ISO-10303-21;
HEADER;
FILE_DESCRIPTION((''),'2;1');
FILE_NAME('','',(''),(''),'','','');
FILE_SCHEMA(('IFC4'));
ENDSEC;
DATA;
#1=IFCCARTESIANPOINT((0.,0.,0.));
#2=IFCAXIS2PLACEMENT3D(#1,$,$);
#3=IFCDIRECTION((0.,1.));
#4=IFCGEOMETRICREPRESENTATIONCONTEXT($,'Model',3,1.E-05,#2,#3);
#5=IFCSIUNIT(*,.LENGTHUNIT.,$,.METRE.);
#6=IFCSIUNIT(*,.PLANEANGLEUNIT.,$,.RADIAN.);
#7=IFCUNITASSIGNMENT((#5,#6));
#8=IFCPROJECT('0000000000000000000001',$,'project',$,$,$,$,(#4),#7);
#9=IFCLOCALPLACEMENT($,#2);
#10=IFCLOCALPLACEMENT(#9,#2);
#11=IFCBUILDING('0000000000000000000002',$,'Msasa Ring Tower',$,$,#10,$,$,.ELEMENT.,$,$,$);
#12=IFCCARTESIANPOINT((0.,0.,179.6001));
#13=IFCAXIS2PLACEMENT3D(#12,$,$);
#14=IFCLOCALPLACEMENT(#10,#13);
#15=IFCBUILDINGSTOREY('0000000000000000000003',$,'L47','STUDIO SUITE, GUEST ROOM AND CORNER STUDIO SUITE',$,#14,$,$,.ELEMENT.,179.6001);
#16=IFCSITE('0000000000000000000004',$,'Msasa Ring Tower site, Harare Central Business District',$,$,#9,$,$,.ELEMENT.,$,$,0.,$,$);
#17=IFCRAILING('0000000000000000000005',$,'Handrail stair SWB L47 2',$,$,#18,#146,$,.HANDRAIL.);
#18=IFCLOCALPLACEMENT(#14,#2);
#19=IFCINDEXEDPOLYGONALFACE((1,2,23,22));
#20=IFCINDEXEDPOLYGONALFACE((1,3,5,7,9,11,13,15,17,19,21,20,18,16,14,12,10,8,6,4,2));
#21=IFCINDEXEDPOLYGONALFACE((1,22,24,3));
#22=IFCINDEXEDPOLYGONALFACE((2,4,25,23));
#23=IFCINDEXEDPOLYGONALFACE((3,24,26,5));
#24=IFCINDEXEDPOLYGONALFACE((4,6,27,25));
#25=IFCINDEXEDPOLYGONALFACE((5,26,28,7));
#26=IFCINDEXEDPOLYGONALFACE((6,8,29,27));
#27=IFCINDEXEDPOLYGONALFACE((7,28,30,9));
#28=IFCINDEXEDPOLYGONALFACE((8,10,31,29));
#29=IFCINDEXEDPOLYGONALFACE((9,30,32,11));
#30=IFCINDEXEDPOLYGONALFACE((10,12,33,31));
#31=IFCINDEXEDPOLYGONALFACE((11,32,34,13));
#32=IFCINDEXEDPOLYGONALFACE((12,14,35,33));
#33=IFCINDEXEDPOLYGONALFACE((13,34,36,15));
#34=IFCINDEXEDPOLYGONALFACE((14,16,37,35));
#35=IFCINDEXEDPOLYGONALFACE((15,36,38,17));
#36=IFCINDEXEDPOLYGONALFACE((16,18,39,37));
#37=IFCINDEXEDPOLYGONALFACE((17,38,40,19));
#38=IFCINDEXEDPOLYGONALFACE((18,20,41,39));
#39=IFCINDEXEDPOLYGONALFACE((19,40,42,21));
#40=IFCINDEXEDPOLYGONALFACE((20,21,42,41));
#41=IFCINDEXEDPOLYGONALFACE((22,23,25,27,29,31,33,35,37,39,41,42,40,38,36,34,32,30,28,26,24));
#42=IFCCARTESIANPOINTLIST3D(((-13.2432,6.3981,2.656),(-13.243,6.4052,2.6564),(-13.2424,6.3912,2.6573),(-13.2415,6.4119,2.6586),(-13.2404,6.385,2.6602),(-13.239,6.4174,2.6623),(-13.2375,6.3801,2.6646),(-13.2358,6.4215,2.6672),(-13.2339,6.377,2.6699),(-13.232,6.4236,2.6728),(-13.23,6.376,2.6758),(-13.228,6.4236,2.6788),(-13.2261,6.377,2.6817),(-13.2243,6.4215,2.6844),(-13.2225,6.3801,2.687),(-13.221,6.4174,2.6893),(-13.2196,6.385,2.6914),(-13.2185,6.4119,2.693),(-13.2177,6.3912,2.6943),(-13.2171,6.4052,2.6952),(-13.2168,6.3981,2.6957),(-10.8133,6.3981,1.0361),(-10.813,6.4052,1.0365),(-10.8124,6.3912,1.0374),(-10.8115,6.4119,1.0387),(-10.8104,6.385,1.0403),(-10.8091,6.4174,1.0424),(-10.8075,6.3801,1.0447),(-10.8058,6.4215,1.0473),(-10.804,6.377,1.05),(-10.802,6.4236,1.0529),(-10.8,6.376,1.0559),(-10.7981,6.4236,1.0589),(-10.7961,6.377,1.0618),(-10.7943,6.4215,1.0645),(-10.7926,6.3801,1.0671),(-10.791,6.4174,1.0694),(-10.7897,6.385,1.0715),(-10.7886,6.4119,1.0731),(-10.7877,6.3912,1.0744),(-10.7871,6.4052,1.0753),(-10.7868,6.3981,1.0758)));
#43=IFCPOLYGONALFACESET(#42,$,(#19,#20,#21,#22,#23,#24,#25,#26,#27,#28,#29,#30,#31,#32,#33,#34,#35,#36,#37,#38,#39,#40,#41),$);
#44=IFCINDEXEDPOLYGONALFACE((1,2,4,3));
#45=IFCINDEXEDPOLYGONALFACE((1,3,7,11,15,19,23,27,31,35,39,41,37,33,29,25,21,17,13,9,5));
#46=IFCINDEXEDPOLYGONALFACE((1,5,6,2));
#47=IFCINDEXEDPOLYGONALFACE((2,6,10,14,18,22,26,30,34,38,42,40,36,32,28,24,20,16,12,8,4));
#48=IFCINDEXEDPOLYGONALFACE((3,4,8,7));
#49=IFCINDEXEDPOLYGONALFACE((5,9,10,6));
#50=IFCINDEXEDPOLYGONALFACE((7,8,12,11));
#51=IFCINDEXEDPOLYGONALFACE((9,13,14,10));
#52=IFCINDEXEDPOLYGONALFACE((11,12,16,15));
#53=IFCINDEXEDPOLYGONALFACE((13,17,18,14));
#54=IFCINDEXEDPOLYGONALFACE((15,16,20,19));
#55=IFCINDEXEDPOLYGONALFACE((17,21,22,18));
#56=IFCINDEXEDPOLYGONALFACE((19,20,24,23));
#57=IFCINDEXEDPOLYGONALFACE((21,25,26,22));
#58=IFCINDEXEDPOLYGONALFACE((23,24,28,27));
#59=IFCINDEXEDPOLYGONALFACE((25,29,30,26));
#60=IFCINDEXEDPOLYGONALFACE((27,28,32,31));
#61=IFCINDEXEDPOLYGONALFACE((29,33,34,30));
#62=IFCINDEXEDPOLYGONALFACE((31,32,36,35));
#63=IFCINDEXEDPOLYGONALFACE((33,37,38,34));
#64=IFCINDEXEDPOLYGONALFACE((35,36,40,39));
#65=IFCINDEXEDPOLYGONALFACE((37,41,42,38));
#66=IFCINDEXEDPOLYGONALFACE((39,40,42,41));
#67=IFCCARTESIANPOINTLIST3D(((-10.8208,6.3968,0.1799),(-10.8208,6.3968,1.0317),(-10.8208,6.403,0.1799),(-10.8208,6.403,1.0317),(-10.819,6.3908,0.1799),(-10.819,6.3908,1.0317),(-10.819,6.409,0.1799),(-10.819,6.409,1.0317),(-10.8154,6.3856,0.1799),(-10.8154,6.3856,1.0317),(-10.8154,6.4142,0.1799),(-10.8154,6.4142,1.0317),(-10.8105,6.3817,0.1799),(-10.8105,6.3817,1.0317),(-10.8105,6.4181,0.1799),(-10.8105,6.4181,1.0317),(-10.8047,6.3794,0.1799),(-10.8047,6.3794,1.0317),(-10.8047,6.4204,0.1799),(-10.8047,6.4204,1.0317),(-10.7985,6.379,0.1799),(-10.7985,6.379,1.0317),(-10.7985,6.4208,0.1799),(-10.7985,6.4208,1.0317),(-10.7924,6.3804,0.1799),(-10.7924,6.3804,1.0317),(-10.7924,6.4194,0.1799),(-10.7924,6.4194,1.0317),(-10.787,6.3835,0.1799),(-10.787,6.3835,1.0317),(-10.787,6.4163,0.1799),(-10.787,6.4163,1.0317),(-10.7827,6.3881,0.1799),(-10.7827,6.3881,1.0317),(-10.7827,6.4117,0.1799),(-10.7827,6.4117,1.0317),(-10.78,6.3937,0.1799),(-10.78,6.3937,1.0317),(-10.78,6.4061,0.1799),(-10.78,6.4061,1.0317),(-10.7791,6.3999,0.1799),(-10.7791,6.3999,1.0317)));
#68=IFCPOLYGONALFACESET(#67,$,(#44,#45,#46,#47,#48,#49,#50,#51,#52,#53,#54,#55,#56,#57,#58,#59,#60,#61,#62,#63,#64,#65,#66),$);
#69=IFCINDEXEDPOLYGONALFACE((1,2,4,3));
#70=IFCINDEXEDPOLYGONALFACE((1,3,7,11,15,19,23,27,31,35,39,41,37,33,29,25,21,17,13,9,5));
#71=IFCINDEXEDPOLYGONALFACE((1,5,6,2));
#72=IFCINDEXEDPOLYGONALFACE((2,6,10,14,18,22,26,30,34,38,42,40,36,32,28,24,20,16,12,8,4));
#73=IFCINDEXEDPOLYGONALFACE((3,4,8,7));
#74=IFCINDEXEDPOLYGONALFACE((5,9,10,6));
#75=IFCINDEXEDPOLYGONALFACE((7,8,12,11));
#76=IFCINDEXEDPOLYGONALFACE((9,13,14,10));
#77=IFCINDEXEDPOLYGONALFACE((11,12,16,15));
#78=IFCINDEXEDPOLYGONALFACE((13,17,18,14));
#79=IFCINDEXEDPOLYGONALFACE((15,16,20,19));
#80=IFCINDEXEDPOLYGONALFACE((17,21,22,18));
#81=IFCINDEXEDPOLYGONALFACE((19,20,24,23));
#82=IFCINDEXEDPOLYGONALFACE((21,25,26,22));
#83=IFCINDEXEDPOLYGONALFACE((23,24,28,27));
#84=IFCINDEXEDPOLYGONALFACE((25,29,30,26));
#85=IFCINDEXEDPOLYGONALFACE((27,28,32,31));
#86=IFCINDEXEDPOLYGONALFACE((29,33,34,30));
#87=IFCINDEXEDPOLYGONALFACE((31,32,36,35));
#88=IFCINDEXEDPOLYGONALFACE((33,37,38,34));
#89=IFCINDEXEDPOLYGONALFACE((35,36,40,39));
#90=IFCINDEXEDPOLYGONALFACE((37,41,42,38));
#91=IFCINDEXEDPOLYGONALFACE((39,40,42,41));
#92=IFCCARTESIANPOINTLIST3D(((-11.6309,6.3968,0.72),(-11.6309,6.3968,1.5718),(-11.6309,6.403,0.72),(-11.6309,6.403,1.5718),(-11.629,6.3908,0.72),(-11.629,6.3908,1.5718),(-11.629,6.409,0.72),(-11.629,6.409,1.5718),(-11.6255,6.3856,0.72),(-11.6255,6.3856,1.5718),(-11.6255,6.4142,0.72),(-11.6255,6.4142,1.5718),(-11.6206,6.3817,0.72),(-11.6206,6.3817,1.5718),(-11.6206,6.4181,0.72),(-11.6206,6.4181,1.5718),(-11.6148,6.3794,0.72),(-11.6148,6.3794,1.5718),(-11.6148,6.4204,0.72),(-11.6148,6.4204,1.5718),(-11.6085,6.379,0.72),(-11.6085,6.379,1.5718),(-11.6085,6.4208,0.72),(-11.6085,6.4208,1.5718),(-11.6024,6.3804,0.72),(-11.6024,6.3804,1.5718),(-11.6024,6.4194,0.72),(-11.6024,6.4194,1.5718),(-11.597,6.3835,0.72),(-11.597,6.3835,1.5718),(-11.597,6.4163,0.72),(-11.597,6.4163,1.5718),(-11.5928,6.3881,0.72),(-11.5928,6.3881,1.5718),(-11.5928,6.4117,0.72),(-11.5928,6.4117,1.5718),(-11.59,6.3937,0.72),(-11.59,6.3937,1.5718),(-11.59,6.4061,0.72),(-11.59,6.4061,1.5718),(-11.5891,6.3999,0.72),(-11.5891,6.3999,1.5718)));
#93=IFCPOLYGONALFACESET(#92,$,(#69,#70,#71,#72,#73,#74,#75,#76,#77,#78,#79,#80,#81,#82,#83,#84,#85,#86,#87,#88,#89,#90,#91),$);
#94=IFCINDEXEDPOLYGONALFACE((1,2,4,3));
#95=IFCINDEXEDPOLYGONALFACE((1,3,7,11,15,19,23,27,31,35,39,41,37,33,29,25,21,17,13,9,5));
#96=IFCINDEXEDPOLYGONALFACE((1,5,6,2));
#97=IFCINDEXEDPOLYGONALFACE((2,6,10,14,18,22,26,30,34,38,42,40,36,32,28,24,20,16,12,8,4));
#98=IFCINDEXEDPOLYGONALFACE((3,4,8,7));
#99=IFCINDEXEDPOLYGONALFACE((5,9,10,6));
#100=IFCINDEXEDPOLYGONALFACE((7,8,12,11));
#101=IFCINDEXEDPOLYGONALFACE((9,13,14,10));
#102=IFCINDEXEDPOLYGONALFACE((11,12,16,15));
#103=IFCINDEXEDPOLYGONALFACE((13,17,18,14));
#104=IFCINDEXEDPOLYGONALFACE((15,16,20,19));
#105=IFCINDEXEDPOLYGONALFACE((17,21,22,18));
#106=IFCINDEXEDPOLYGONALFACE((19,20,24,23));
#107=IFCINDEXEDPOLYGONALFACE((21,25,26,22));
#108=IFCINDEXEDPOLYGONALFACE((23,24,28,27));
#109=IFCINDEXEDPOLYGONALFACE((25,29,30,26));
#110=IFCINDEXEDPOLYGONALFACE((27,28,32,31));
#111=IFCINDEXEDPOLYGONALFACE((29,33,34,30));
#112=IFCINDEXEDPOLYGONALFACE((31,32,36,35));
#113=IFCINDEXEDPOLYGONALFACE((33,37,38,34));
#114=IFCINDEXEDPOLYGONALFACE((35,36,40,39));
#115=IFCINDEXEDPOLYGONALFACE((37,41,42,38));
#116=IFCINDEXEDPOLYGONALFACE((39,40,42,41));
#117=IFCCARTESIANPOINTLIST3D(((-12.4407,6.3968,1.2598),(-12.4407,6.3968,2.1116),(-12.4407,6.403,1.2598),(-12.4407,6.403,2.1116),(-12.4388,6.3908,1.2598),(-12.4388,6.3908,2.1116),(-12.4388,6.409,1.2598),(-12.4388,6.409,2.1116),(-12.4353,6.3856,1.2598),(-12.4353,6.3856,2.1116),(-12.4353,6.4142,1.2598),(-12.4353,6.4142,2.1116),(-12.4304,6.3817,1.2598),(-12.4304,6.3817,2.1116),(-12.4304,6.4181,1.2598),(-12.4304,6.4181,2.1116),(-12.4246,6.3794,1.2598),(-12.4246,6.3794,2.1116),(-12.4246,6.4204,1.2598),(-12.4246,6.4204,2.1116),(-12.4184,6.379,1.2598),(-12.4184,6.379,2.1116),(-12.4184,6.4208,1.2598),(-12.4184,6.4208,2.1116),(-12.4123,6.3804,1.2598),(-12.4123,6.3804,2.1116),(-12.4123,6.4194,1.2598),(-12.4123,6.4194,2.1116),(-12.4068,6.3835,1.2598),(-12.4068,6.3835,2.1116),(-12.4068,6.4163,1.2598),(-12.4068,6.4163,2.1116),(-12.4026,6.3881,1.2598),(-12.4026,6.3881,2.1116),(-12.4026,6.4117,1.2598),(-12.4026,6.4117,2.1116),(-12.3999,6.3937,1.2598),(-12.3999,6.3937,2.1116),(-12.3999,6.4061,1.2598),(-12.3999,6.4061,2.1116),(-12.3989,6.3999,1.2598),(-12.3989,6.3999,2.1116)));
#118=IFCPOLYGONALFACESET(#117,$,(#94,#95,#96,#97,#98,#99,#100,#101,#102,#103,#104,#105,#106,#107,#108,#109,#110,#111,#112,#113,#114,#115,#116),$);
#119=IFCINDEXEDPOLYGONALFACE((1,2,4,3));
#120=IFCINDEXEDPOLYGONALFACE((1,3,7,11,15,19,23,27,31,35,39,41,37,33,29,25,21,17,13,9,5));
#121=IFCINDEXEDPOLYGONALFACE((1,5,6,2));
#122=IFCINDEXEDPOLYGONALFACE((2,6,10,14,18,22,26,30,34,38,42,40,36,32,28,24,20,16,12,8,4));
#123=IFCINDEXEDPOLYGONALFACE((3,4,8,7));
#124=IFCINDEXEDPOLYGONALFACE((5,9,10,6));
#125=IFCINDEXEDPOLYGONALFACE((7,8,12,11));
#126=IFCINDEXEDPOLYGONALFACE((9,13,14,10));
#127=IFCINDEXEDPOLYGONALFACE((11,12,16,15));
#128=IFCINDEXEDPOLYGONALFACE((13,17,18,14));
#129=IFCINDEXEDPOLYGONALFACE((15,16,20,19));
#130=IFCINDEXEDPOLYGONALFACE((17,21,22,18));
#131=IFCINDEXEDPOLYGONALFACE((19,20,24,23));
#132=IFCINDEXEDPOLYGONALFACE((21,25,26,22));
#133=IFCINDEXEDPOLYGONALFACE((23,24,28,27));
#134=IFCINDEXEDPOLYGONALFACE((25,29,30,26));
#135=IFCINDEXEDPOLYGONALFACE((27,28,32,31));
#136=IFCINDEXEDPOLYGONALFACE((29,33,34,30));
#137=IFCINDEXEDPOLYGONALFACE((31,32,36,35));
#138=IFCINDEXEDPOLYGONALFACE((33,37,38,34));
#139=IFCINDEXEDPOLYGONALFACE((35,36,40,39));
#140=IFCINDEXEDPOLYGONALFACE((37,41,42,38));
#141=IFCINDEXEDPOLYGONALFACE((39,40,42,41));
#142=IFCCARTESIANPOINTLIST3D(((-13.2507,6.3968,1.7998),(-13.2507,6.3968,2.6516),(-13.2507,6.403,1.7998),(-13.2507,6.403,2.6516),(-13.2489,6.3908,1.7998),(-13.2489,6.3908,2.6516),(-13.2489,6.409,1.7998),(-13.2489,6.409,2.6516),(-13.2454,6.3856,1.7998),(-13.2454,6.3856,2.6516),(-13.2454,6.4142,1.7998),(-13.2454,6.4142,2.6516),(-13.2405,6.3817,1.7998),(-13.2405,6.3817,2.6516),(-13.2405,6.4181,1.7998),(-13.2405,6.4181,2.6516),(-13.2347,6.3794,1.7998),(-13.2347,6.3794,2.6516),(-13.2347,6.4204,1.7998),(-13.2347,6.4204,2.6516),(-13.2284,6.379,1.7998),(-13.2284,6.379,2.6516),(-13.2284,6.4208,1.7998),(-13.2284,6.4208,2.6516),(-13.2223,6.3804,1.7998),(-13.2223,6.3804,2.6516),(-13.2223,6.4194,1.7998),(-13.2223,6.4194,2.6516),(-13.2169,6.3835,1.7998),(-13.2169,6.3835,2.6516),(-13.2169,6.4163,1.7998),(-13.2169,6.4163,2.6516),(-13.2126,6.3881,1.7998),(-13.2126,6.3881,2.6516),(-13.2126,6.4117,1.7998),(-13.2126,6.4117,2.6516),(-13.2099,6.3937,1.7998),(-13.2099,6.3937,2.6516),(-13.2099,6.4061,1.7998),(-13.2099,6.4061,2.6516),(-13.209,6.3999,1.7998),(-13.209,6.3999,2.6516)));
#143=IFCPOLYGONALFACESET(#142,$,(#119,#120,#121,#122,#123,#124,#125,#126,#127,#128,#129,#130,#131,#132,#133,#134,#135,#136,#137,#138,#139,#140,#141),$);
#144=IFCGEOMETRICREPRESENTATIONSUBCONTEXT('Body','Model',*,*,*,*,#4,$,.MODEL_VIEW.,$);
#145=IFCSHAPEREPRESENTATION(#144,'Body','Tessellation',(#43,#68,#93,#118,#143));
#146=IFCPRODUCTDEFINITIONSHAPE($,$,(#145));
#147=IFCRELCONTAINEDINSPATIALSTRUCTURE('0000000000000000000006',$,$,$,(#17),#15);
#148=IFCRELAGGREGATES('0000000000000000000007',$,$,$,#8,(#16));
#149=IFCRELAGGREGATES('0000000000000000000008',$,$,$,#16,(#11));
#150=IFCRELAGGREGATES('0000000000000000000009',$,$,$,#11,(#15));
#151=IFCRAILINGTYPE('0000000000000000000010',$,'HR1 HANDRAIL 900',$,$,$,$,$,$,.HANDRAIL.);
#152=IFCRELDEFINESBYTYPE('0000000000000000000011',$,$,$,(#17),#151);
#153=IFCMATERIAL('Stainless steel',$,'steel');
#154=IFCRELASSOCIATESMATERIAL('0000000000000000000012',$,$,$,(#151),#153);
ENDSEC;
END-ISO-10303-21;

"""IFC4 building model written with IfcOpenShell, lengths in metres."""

from ifc_helpers import new_model, si_unit, direction, frame, origin, origin_2d, place, context, subcontext, project, spatial, circle, extrude, material, type_object, element, save


model = new_model("IFC4")

# Units and contexts
model_context = context("Model", 3, precision=1e-05, world=origin(), true_north=direction((0.0, 1.0)))
body_context = subcontext(model_context, "Body", "Model", "MODEL_VIEW")
ifc_project = project(units=[si_unit("LENGTHUNIT", "METRE"), si_unit("PLANEANGLEUNIT", "RADIAN")], contexts=[model_context])

# Site, building, storey
site_placement = place(None, origin())
site = spatial("IfcSite", under=ifc_project, at=site_placement, Name="Msasa Ring Tower site, Harare Central Business District", CompositionType="ELEMENT", RefElevation=0.0)
building_placement = place(site_placement, origin())
building = spatial("IfcBuilding", under=site, at=building_placement, Name="Msasa Ring Tower", CompositionType="ELEMENT")
storey_placement = place(building_placement, frame((0.0, 0.0, 179.6001)))
storey = spatial("IfcBuildingStorey", under=building, at=storey_placement, Name="L47", Description="STUDIO SUITE, GUEST ROOM AND CORNER STUDIO SUITE", CompositionType="ELEMENT", Elevation=179.6001)

# Railing
ifc_material_1 = material(Name="Stainless steel", Category="steel")
railing_type = type_object("IfcRailingType", Name="HR1 HANDRAIL 900", PredefinedType="HANDRAIL", material=ifc_material_1)
for number, where, name in (
    (1, (-10.8, 6.3999, 0.1799), "Handrail stair SWB L47 2"),
):
    element("IfcRailing", number, at=place(storey_placement, frame(where)), inside=storey, type_object=railing_type, Name=name, PredefinedType="HANDRAIL", context=body_context, shape_type="SweptSolid", body=[
        extrude(circle(Radius=0.0239, at=origin_2d()), frame((0.0, 0.0, 0.876), z_axis=(-0.832063, 0.0, 0.554681), x_axis=(0.0, -1.0, 0.0)), (0.0, 0.0, 1.0), 2.9204),
        extrude(circle(Radius=0.021, at=origin_2d()), origin(), (0.0, 0.0, 1.0), 0.8518),
        extrude(circle(Radius=0.021, at=origin_2d()), frame((-0.8101, 0.0, 0.54)), (0.0, 0.0, 1.0), 0.8518),
        extrude(circle(Radius=0.021, at=origin_2d()), frame((-1.6199, 0.0, 1.0798)), (0.0, 0.0, 1.0), 0.8518),
        extrude(circle(Radius=0.021, at=origin_2d()), frame((-2.4299, 0.0, 1.6199)), (0.0, 0.0, 1.0), 0.8518),
    ])

save(model, "model.ifc")
